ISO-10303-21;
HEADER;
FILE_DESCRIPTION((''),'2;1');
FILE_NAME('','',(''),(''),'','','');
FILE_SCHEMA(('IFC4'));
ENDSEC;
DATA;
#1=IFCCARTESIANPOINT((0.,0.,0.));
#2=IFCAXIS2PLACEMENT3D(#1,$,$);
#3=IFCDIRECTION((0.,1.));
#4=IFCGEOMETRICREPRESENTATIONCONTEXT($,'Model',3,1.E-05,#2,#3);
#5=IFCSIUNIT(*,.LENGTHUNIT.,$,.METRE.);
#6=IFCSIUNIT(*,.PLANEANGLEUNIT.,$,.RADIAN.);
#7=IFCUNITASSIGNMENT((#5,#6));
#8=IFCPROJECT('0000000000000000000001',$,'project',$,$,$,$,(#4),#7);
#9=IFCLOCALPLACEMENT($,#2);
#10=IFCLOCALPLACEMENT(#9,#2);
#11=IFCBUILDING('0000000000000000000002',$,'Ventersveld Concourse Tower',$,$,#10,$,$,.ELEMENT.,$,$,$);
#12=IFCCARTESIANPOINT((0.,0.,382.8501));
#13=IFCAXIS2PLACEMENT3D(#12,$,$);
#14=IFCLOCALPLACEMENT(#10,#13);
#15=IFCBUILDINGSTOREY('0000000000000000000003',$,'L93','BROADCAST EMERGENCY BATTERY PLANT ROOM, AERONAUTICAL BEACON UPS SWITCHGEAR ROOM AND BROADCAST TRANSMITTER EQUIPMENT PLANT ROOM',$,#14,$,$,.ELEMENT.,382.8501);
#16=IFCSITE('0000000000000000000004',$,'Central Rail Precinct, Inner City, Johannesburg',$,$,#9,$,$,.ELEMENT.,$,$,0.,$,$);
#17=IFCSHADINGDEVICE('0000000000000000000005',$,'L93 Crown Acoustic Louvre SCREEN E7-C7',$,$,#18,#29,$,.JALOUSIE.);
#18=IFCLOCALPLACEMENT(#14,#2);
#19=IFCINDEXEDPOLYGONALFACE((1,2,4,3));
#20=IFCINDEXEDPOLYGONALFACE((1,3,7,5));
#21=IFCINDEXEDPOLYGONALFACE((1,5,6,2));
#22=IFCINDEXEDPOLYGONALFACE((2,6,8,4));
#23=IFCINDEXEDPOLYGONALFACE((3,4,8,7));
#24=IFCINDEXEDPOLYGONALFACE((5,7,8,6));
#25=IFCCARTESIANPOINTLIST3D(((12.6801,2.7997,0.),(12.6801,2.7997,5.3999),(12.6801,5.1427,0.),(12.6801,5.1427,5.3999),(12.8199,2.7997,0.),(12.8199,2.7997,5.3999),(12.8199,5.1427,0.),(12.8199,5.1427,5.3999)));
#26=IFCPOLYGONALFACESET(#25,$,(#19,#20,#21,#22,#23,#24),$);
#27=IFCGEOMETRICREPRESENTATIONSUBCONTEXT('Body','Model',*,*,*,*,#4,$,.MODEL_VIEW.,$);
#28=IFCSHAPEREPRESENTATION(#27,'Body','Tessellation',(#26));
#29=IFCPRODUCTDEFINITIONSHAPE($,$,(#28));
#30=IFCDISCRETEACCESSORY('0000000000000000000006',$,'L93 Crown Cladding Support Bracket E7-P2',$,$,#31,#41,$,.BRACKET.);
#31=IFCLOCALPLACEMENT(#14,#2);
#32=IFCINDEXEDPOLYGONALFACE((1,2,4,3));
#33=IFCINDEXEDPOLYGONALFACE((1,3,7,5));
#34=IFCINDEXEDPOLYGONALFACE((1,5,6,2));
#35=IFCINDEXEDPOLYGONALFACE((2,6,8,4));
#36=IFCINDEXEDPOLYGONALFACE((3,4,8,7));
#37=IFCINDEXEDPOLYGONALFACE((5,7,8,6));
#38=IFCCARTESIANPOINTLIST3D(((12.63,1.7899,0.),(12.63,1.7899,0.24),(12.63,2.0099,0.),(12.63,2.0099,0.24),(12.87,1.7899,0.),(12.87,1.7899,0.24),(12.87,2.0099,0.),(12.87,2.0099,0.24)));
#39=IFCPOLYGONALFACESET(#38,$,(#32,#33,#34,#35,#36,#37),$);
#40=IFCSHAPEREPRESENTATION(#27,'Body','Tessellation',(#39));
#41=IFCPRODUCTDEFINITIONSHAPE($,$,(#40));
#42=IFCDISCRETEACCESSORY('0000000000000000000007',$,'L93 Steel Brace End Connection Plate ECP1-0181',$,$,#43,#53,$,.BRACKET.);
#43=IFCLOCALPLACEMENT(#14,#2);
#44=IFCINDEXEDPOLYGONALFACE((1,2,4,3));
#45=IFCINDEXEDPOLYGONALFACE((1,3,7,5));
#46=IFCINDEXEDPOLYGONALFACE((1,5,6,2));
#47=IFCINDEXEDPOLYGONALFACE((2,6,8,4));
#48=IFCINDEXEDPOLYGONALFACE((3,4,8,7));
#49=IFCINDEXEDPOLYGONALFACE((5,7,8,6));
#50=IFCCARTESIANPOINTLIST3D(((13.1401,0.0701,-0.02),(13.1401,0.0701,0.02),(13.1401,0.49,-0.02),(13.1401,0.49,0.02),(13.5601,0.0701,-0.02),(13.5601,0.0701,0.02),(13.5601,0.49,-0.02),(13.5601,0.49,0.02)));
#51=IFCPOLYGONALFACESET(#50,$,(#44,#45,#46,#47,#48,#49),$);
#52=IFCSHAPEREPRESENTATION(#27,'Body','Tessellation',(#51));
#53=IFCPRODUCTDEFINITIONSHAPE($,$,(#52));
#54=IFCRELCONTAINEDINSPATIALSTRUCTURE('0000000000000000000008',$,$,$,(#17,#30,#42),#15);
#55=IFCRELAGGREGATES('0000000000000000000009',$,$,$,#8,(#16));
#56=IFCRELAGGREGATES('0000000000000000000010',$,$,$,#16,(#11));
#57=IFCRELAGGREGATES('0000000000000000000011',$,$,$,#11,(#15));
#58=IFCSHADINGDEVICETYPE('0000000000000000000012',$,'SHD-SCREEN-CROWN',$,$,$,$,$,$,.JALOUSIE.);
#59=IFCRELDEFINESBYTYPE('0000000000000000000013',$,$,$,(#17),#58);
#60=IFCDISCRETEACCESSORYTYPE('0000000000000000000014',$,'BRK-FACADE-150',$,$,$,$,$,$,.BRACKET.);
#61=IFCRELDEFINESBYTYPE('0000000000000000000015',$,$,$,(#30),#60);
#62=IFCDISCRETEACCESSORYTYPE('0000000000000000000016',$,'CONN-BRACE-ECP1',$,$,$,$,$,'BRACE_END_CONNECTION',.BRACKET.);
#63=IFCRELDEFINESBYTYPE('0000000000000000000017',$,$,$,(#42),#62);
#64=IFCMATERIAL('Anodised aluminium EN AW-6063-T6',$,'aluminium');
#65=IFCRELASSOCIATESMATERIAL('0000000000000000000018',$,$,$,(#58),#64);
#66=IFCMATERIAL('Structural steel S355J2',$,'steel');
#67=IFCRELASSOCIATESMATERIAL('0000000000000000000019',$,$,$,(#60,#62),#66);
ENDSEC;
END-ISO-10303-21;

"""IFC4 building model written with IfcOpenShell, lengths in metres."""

from ifc_helpers import new_model, si_unit, direction, frame, origin, origin_2d, place, context, subcontext, project, spatial, rectangle, extrude, material, type_object, element, save


model = new_model("IFC4")

# Units and contexts
model_context = context("Model", 3, precision=1e-05, world=origin(), true_north=direction((0.0, 1.0)))
body_context = subcontext(model_context, "Body", "Model", "MODEL_VIEW")
ifc_project = project(units=[si_unit("LENGTHUNIT", "METRE"), si_unit("PLANEANGLEUNIT", "RADIAN")], contexts=[model_context])

# Site, building, storey
site_placement = place(None, origin())
site = spatial("IfcSite", under=ifc_project, at=site_placement, Name="Central Rail Precinct, Inner City, Johannesburg", CompositionType="ELEMENT", RefElevation=0.0)
building_placement = place(site_placement, origin())
building = spatial("IfcBuilding", under=site, at=building_placement, Name="Ventersveld Concourse Tower", CompositionType="ELEMENT")
storey_placement = place(building_placement, frame((0.0, 0.0, 382.8501)))
storey = spatial("IfcBuildingStorey", under=building, at=storey_placement, Name="L93", Description="BROADCAST EMERGENCY BATTERY PLANT ROOM, AERONAUTICAL BEACON UPS SWITCHGEAR ROOM AND BROADCAST TRANSMITTER EQUIPMENT PLANT ROOM", CompositionType="ELEMENT", Elevation=382.8501)

# Shading device
ifc_material_1 = material(Name="Anodised aluminium EN AW-6063-T6", Category="aluminium")
shading_device_type = type_object("IfcShadingDeviceType", Name="SHD-SCREEN-CROWN", PredefinedType="JALOUSIE", material=ifc_material_1)
for number, where, z_axis, x_axis, name in (
    (1, (12.75, 3.9712, 0.0), (0.0, 0.0, 1.0), (0.0, -1.0, 0.0), "L93 Crown Acoustic Louvre SCREEN E7-C7"),
):
    element("IfcShadingDevice", number, at=place(storey_placement, frame(where, z_axis=z_axis, x_axis=x_axis)), inside=storey, type_object=shading_device_type, Name=name, PredefinedType="JALOUSIE", context=body_context, shape_type="SweptSolid", body=[
        extrude(rectangle(XDim=2.343, YDim=0.1399, at=origin_2d()), origin(), (0.0, 0.0, 1.0), 5.3999),
    ])

# Discrete accessories
ifc_material_2 = material(Name="Structural steel S355J2", Category="steel")
discrete_accessory_type_1 = type_object("IfcDiscreteAccessoryType", Name="BRK-FACADE-150", PredefinedType="BRACKET", material=ifc_material_2)
discrete_accessory_1_placement = place(storey_placement, frame((12.75, 1.8999, 0.0), z_axis=(0.0, 0.0, 1.0), x_axis=(0.0, -1.0, 0.0)))
element("IfcDiscreteAccessory", 2, at=discrete_accessory_1_placement, inside=storey, type_object=discrete_accessory_type_1, Name="L93 Crown Cladding Support Bracket E7-P2", PredefinedType="BRACKET", context=body_context, shape_type="SweptSolid", body=[
    extrude(rectangle(XDim=0.22, YDim=0.24, at=origin_2d()), origin(), (0.0, 0.0, 1.0), 0.24),
])
discrete_accessory_type_2 = type_object("IfcDiscreteAccessoryType", Name="CONN-BRACE-ECP1", ElementType="BRACE_END_CONNECTION", PredefinedType="BRACKET", material=ifc_material_2)
discrete_accessory_2_placement = place(storey_placement, frame((13.3501, 0.28, -0.02), z_axis=(0.0, 0.0, 1.0), x_axis=(1.0, 0.0, 0.0)))
element("IfcDiscreteAccessory", 3, at=discrete_accessory_2_placement, inside=storey, type_object=discrete_accessory_type_2, Name="L93 Steel Brace End Connection Plate ECP1-0181", PredefinedType="BRACKET", context=body_context, shape_type="SweptSolid", body=[
    extrude(rectangle(XDim=0.4199, YDim=0.4199, at=origin_2d()), origin(), (0.0, 0.0, 1.0), 0.04),
])

save(model, "model.ifc")
